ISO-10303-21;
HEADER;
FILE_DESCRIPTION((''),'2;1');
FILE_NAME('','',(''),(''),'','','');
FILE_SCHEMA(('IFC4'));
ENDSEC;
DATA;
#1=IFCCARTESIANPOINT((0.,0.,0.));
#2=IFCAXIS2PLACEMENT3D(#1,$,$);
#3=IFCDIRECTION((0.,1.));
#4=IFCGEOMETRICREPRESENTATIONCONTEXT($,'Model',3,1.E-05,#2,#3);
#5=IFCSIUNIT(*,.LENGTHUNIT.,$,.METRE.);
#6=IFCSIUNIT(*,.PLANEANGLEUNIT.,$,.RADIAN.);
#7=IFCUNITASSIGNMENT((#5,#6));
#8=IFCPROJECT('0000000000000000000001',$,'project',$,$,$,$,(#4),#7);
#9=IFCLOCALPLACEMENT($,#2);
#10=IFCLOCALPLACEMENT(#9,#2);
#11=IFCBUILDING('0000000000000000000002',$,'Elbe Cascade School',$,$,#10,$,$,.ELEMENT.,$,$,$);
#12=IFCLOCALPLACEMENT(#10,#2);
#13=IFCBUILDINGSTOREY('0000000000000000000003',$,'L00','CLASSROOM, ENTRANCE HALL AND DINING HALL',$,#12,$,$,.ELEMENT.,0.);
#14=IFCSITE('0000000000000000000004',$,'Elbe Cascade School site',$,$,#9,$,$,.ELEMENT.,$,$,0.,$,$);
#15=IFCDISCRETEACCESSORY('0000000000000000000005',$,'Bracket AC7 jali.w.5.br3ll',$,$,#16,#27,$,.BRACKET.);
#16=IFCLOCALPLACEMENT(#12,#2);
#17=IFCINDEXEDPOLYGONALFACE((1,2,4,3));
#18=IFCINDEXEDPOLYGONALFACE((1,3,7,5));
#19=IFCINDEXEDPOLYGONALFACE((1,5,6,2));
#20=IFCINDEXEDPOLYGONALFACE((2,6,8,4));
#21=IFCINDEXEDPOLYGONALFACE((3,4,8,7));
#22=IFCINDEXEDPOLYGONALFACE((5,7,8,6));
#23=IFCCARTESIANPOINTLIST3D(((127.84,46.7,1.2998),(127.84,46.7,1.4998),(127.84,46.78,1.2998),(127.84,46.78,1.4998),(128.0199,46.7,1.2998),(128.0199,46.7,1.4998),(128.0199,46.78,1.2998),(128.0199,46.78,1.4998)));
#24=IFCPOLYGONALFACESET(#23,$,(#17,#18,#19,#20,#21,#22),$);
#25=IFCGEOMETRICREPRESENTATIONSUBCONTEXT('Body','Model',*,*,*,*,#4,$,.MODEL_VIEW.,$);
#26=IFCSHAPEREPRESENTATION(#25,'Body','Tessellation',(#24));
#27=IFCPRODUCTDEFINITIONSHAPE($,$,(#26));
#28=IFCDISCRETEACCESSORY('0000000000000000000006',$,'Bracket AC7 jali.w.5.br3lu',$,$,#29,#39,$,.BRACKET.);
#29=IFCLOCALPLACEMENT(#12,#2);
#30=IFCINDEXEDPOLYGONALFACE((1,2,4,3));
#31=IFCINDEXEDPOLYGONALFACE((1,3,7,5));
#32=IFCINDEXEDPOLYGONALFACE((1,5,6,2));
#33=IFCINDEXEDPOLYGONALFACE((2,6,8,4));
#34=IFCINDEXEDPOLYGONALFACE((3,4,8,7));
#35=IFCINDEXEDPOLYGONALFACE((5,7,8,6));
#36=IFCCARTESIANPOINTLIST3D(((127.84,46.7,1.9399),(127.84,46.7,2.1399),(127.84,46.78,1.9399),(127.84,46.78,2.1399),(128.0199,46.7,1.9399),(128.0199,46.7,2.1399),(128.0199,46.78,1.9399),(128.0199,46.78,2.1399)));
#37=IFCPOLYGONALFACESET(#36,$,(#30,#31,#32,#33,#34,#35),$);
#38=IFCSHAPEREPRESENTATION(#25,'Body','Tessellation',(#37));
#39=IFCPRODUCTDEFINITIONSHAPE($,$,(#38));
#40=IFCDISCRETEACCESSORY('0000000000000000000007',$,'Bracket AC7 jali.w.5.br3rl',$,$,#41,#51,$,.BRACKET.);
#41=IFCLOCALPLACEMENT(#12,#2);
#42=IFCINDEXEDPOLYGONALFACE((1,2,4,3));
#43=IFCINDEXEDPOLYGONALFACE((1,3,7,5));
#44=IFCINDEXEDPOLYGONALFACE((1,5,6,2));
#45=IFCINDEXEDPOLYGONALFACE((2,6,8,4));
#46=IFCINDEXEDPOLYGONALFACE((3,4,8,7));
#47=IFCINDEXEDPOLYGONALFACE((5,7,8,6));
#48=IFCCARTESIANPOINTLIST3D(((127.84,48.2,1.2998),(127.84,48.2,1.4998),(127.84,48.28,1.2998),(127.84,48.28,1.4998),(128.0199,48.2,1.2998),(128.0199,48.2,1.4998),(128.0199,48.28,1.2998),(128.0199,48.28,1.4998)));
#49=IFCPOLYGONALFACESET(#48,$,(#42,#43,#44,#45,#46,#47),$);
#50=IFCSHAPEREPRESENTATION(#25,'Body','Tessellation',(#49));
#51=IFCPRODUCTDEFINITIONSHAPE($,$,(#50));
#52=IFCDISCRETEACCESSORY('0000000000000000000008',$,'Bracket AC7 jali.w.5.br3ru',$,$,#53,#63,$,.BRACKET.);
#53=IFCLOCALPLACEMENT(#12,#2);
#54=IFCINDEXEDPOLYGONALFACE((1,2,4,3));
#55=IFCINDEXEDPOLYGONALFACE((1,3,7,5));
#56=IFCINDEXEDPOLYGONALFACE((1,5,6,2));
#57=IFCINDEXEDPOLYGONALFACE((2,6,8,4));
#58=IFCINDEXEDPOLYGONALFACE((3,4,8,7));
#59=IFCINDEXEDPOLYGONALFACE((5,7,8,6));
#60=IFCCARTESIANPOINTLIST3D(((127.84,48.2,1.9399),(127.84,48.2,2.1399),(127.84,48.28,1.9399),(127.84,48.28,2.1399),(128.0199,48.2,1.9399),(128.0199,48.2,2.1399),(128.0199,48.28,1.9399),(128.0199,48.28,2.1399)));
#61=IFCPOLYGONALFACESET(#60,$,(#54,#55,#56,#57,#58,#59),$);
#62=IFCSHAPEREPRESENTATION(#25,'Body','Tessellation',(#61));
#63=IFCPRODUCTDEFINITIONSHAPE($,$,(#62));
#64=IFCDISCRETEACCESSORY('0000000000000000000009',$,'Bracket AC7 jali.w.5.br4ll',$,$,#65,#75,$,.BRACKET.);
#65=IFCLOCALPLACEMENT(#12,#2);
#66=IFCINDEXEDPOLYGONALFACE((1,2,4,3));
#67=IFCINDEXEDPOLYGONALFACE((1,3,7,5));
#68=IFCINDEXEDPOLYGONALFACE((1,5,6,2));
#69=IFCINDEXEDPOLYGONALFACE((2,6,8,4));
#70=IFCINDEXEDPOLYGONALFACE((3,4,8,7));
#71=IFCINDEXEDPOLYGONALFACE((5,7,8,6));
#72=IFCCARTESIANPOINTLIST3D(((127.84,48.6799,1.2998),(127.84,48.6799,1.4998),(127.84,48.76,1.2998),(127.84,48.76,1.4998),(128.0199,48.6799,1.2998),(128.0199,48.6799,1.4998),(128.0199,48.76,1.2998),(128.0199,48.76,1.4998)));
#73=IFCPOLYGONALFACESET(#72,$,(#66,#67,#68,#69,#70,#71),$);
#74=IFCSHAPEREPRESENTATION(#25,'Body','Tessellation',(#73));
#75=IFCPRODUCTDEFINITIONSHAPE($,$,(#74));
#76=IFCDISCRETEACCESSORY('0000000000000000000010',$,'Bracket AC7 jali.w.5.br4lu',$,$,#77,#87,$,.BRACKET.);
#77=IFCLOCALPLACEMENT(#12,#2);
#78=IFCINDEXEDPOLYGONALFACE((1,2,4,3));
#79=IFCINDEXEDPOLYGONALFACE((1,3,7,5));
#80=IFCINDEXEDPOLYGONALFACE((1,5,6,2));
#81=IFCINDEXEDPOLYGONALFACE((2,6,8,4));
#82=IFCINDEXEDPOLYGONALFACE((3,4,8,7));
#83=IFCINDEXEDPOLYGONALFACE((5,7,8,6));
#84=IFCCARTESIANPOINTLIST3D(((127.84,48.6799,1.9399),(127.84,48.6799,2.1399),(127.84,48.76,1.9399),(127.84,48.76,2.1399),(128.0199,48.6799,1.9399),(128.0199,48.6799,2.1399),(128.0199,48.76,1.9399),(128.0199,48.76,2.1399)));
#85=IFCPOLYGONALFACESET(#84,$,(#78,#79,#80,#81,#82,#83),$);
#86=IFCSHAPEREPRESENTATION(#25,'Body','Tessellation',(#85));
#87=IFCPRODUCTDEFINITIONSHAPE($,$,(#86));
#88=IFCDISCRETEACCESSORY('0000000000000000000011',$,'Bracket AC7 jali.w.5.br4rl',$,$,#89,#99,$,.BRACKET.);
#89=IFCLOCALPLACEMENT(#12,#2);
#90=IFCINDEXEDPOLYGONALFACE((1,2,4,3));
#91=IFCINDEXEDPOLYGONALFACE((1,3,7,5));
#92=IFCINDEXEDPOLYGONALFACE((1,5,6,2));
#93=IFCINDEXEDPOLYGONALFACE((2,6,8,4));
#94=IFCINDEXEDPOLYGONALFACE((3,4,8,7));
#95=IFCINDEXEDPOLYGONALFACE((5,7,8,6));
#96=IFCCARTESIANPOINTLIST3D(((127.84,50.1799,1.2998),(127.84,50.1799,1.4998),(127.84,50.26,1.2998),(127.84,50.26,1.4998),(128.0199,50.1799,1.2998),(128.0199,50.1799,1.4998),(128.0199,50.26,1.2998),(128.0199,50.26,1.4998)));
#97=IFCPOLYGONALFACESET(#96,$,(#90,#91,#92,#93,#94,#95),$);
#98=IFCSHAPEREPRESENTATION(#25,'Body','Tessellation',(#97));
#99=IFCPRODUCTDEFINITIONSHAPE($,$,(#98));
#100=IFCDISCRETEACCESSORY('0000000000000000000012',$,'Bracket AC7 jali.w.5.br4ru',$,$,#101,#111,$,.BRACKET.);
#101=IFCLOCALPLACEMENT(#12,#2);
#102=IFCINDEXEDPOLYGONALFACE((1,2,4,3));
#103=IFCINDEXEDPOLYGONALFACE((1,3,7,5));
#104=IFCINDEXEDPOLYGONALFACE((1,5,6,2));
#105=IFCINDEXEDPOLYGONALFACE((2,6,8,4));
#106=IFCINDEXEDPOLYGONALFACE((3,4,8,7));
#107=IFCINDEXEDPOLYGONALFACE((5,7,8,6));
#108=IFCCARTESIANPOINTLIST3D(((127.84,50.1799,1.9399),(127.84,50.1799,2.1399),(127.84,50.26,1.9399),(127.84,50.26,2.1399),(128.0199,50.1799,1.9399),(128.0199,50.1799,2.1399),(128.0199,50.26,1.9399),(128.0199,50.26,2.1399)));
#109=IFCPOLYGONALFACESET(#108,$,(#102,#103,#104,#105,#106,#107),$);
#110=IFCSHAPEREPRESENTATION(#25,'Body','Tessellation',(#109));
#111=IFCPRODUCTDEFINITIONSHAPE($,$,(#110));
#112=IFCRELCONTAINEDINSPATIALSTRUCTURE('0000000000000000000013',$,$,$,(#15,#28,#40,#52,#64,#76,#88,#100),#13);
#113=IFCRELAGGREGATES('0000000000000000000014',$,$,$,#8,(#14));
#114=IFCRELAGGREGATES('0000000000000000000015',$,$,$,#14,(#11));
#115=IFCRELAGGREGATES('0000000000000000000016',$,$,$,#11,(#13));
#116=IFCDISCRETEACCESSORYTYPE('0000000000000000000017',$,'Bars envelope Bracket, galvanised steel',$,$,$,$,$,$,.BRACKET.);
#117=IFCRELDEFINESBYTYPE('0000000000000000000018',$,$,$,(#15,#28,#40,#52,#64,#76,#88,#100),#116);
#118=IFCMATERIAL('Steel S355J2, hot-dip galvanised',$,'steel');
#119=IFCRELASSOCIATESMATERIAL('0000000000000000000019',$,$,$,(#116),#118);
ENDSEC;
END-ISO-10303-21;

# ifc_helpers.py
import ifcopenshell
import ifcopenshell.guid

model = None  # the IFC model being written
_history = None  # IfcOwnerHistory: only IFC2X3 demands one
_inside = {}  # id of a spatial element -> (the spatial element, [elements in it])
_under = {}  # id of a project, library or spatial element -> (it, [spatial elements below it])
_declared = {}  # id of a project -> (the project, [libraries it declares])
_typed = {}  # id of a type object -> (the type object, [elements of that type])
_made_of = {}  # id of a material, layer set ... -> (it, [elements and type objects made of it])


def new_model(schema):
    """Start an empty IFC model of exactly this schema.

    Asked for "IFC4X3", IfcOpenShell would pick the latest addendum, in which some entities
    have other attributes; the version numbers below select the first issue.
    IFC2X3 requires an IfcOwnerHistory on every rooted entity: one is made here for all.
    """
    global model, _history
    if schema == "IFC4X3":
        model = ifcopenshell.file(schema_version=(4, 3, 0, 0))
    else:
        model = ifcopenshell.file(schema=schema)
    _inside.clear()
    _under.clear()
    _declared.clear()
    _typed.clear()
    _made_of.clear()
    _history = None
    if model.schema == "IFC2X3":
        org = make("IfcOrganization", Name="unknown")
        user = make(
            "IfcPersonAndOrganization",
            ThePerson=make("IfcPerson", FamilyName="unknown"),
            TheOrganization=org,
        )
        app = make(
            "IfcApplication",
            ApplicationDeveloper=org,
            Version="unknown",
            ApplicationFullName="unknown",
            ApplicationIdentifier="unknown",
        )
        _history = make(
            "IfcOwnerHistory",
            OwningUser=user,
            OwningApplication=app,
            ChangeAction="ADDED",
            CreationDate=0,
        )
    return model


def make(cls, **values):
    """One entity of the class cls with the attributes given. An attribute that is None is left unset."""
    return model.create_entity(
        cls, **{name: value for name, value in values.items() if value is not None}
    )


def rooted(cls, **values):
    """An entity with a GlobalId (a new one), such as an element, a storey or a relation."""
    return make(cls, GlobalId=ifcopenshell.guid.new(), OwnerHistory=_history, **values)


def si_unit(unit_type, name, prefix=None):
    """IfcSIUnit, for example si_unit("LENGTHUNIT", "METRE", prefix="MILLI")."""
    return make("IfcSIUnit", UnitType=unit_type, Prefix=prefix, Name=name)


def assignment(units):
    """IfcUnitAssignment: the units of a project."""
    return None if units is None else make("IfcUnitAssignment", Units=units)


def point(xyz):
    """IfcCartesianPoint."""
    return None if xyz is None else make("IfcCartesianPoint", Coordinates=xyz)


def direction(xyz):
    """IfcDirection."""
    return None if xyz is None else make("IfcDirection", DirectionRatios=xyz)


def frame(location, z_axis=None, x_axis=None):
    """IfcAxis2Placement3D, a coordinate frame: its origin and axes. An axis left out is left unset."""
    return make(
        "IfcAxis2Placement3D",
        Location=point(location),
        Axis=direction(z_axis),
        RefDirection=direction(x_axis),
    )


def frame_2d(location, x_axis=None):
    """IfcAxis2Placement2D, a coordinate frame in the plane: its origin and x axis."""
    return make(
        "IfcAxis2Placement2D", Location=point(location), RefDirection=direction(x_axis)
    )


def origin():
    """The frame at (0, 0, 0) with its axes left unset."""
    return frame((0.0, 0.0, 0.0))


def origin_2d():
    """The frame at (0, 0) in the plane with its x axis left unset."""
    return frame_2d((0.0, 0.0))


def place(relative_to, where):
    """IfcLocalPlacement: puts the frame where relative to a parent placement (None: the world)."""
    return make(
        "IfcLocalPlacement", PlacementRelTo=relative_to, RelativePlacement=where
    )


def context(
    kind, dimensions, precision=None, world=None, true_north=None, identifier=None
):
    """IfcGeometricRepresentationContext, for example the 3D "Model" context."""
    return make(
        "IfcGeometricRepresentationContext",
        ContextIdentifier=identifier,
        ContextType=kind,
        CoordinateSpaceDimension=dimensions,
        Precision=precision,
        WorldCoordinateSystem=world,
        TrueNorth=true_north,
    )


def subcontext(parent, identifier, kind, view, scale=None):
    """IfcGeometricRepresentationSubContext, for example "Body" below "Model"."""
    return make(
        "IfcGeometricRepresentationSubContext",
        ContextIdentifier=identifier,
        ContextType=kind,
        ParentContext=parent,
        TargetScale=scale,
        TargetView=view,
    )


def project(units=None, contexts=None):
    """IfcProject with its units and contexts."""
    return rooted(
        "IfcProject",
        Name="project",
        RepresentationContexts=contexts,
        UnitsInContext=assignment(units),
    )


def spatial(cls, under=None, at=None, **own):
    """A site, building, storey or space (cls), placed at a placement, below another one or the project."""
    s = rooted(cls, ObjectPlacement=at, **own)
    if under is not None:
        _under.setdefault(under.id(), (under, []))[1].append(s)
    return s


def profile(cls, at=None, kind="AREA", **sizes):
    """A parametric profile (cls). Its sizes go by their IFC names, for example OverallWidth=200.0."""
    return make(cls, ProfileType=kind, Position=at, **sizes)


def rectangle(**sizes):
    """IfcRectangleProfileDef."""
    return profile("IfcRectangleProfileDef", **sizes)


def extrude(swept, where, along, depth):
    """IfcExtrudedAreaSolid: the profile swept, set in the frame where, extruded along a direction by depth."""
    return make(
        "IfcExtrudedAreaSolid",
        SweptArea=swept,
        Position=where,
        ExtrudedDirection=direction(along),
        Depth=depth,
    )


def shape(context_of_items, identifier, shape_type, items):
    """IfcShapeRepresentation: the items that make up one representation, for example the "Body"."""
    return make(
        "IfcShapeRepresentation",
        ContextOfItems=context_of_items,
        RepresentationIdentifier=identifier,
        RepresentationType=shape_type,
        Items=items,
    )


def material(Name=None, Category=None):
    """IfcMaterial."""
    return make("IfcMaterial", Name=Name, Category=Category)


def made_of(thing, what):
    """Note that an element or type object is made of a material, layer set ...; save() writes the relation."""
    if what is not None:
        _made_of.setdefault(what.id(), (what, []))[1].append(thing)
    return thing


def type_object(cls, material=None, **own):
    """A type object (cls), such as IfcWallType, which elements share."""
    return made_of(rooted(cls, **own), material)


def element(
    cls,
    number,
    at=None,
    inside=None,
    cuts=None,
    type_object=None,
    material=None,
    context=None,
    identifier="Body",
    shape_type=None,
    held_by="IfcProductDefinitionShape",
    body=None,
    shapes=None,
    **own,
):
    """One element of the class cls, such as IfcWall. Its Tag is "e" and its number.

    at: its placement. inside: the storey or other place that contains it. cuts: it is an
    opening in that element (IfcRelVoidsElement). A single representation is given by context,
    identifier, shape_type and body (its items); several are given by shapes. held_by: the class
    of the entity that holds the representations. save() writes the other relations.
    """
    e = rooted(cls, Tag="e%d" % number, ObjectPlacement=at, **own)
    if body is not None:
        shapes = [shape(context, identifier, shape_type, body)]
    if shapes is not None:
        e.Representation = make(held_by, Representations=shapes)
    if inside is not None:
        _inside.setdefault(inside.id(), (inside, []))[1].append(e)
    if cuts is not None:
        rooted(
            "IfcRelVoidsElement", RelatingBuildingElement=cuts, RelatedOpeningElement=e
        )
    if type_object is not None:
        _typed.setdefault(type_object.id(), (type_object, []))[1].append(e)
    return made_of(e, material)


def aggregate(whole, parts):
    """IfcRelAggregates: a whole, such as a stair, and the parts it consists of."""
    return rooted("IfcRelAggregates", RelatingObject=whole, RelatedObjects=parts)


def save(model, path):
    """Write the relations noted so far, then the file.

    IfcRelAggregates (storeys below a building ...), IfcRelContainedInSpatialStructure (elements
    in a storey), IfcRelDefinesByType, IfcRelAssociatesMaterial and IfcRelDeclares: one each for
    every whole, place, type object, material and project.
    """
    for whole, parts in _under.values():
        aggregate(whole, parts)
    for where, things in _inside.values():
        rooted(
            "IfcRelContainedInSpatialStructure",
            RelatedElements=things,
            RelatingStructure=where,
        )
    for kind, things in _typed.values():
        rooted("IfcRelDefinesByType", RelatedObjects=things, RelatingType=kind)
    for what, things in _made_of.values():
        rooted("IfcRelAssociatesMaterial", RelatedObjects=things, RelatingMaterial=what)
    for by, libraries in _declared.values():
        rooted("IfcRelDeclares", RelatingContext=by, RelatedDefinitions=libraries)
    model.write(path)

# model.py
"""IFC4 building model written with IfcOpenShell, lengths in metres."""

from ifc_helpers import new_model, si_unit, direction, frame, origin, origin_2d, place, context, subcontext, project, spatial, rectangle, extrude, material, type_object, element, save


model = new_model("IFC4")

# Units and contexts
model_context = context("Model", 3, precision=1e-05, world=origin(), true_north=direction((0.0, 1.0)))
body_context = subcontext(model_context, "Body", "Model", "MODEL_VIEW")
ifc_project = project(units=[si_unit("LENGTHUNIT", "METRE"), si_unit("PLANEANGLEUNIT", "RADIAN")], contexts=[model_context])

# Site, building, storey
site_placement = place(None, origin())
site = spatial("IfcSite", under=ifc_project, at=site_placement, Name="Elbe Cascade School site", CompositionType="ELEMENT", RefElevation=0.0)
building_placement = place(site_placement, origin())
building = spatial("IfcBuilding", under=site, at=building_placement, Name="Elbe Cascade School", CompositionType="ELEMENT")
storey_placement = place(building_placement, origin())
storey = spatial("IfcBuildingStorey", under=building, at=storey_placement, Name="L00", Description="CLASSROOM, ENTRANCE HALL AND DINING HALL", CompositionType="ELEMENT", Elevation=0.0)

# Discrete accessories
ifc_material_1 = material(Name="Steel S355J2, hot-dip galvanised", Category="steel")
discrete_accessory_type = type_object("IfcDiscreteAccessoryType", Name="Bars envelope Bracket, galvanised steel", PredefinedType="BRACKET", material=ifc_material_1)
for number, where, z_axis, x_axis, name in (
    (1, (127.9299, 46.74, 1.2998), (0.0, 0.0, 1.0), (0.0, 1.0, 0.0), "Bracket AC7 jali.w.5.br3ll"),
    (2, (127.9299, 46.74, 1.9399), (0.0, 0.0, 1.0), (0.0, 1.0, 0.0), "Bracket AC7 jali.w.5.br3lu"),
    (3, (127.9299, 48.24, 1.2998), (0.0, 0.0, 1.0), (0.0, 1.0, 0.0), "Bracket AC7 jali.w.5.br3rl"),
    (4, (127.9299, 48.24, 1.9399), (0.0, 0.0, 1.0), (0.0, 1.0, 0.0), "Bracket AC7 jali.w.5.br3ru"),
    (5, (127.9299, 48.72, 1.2998), (0.0, 0.0, 1.0), (0.0, 1.0, 0.0), "Bracket AC7 jali.w.5.br4ll"),
    (6, (127.9299, 48.72, 1.9399), (0.0, 0.0, 1.0), (0.0, 1.0, 0.0), "Bracket AC7 jali.w.5.br4lu"),
    (7, (127.9299, 50.22, 1.2998), (0.0, 0.0, 1.0), (0.0, 1.0, 0.0), "Bracket AC7 jali.w.5.br4rl"),
    (8, (127.9299, 50.22, 1.9399), (0.0, 0.0, 1.0), (0.0, 1.0, 0.0), "Bracket AC7 jali.w.5.br4ru"),
):
    element("IfcDiscreteAccessory", number, at=place(storey_placement, frame(where, z_axis=z_axis, x_axis=x_axis)), inside=storey, type_object=discrete_accessory_type, Name=name, PredefinedType="BRACKET", context=body_context, shape_type="SweptSolid", body=[
        extrude(rectangle(XDim=0.0801, YDim=0.1799, at=origin_2d()), origin(), (0.0, 0.0, 1.0), 0.2),
    ])

save(model, "model.ifc")
